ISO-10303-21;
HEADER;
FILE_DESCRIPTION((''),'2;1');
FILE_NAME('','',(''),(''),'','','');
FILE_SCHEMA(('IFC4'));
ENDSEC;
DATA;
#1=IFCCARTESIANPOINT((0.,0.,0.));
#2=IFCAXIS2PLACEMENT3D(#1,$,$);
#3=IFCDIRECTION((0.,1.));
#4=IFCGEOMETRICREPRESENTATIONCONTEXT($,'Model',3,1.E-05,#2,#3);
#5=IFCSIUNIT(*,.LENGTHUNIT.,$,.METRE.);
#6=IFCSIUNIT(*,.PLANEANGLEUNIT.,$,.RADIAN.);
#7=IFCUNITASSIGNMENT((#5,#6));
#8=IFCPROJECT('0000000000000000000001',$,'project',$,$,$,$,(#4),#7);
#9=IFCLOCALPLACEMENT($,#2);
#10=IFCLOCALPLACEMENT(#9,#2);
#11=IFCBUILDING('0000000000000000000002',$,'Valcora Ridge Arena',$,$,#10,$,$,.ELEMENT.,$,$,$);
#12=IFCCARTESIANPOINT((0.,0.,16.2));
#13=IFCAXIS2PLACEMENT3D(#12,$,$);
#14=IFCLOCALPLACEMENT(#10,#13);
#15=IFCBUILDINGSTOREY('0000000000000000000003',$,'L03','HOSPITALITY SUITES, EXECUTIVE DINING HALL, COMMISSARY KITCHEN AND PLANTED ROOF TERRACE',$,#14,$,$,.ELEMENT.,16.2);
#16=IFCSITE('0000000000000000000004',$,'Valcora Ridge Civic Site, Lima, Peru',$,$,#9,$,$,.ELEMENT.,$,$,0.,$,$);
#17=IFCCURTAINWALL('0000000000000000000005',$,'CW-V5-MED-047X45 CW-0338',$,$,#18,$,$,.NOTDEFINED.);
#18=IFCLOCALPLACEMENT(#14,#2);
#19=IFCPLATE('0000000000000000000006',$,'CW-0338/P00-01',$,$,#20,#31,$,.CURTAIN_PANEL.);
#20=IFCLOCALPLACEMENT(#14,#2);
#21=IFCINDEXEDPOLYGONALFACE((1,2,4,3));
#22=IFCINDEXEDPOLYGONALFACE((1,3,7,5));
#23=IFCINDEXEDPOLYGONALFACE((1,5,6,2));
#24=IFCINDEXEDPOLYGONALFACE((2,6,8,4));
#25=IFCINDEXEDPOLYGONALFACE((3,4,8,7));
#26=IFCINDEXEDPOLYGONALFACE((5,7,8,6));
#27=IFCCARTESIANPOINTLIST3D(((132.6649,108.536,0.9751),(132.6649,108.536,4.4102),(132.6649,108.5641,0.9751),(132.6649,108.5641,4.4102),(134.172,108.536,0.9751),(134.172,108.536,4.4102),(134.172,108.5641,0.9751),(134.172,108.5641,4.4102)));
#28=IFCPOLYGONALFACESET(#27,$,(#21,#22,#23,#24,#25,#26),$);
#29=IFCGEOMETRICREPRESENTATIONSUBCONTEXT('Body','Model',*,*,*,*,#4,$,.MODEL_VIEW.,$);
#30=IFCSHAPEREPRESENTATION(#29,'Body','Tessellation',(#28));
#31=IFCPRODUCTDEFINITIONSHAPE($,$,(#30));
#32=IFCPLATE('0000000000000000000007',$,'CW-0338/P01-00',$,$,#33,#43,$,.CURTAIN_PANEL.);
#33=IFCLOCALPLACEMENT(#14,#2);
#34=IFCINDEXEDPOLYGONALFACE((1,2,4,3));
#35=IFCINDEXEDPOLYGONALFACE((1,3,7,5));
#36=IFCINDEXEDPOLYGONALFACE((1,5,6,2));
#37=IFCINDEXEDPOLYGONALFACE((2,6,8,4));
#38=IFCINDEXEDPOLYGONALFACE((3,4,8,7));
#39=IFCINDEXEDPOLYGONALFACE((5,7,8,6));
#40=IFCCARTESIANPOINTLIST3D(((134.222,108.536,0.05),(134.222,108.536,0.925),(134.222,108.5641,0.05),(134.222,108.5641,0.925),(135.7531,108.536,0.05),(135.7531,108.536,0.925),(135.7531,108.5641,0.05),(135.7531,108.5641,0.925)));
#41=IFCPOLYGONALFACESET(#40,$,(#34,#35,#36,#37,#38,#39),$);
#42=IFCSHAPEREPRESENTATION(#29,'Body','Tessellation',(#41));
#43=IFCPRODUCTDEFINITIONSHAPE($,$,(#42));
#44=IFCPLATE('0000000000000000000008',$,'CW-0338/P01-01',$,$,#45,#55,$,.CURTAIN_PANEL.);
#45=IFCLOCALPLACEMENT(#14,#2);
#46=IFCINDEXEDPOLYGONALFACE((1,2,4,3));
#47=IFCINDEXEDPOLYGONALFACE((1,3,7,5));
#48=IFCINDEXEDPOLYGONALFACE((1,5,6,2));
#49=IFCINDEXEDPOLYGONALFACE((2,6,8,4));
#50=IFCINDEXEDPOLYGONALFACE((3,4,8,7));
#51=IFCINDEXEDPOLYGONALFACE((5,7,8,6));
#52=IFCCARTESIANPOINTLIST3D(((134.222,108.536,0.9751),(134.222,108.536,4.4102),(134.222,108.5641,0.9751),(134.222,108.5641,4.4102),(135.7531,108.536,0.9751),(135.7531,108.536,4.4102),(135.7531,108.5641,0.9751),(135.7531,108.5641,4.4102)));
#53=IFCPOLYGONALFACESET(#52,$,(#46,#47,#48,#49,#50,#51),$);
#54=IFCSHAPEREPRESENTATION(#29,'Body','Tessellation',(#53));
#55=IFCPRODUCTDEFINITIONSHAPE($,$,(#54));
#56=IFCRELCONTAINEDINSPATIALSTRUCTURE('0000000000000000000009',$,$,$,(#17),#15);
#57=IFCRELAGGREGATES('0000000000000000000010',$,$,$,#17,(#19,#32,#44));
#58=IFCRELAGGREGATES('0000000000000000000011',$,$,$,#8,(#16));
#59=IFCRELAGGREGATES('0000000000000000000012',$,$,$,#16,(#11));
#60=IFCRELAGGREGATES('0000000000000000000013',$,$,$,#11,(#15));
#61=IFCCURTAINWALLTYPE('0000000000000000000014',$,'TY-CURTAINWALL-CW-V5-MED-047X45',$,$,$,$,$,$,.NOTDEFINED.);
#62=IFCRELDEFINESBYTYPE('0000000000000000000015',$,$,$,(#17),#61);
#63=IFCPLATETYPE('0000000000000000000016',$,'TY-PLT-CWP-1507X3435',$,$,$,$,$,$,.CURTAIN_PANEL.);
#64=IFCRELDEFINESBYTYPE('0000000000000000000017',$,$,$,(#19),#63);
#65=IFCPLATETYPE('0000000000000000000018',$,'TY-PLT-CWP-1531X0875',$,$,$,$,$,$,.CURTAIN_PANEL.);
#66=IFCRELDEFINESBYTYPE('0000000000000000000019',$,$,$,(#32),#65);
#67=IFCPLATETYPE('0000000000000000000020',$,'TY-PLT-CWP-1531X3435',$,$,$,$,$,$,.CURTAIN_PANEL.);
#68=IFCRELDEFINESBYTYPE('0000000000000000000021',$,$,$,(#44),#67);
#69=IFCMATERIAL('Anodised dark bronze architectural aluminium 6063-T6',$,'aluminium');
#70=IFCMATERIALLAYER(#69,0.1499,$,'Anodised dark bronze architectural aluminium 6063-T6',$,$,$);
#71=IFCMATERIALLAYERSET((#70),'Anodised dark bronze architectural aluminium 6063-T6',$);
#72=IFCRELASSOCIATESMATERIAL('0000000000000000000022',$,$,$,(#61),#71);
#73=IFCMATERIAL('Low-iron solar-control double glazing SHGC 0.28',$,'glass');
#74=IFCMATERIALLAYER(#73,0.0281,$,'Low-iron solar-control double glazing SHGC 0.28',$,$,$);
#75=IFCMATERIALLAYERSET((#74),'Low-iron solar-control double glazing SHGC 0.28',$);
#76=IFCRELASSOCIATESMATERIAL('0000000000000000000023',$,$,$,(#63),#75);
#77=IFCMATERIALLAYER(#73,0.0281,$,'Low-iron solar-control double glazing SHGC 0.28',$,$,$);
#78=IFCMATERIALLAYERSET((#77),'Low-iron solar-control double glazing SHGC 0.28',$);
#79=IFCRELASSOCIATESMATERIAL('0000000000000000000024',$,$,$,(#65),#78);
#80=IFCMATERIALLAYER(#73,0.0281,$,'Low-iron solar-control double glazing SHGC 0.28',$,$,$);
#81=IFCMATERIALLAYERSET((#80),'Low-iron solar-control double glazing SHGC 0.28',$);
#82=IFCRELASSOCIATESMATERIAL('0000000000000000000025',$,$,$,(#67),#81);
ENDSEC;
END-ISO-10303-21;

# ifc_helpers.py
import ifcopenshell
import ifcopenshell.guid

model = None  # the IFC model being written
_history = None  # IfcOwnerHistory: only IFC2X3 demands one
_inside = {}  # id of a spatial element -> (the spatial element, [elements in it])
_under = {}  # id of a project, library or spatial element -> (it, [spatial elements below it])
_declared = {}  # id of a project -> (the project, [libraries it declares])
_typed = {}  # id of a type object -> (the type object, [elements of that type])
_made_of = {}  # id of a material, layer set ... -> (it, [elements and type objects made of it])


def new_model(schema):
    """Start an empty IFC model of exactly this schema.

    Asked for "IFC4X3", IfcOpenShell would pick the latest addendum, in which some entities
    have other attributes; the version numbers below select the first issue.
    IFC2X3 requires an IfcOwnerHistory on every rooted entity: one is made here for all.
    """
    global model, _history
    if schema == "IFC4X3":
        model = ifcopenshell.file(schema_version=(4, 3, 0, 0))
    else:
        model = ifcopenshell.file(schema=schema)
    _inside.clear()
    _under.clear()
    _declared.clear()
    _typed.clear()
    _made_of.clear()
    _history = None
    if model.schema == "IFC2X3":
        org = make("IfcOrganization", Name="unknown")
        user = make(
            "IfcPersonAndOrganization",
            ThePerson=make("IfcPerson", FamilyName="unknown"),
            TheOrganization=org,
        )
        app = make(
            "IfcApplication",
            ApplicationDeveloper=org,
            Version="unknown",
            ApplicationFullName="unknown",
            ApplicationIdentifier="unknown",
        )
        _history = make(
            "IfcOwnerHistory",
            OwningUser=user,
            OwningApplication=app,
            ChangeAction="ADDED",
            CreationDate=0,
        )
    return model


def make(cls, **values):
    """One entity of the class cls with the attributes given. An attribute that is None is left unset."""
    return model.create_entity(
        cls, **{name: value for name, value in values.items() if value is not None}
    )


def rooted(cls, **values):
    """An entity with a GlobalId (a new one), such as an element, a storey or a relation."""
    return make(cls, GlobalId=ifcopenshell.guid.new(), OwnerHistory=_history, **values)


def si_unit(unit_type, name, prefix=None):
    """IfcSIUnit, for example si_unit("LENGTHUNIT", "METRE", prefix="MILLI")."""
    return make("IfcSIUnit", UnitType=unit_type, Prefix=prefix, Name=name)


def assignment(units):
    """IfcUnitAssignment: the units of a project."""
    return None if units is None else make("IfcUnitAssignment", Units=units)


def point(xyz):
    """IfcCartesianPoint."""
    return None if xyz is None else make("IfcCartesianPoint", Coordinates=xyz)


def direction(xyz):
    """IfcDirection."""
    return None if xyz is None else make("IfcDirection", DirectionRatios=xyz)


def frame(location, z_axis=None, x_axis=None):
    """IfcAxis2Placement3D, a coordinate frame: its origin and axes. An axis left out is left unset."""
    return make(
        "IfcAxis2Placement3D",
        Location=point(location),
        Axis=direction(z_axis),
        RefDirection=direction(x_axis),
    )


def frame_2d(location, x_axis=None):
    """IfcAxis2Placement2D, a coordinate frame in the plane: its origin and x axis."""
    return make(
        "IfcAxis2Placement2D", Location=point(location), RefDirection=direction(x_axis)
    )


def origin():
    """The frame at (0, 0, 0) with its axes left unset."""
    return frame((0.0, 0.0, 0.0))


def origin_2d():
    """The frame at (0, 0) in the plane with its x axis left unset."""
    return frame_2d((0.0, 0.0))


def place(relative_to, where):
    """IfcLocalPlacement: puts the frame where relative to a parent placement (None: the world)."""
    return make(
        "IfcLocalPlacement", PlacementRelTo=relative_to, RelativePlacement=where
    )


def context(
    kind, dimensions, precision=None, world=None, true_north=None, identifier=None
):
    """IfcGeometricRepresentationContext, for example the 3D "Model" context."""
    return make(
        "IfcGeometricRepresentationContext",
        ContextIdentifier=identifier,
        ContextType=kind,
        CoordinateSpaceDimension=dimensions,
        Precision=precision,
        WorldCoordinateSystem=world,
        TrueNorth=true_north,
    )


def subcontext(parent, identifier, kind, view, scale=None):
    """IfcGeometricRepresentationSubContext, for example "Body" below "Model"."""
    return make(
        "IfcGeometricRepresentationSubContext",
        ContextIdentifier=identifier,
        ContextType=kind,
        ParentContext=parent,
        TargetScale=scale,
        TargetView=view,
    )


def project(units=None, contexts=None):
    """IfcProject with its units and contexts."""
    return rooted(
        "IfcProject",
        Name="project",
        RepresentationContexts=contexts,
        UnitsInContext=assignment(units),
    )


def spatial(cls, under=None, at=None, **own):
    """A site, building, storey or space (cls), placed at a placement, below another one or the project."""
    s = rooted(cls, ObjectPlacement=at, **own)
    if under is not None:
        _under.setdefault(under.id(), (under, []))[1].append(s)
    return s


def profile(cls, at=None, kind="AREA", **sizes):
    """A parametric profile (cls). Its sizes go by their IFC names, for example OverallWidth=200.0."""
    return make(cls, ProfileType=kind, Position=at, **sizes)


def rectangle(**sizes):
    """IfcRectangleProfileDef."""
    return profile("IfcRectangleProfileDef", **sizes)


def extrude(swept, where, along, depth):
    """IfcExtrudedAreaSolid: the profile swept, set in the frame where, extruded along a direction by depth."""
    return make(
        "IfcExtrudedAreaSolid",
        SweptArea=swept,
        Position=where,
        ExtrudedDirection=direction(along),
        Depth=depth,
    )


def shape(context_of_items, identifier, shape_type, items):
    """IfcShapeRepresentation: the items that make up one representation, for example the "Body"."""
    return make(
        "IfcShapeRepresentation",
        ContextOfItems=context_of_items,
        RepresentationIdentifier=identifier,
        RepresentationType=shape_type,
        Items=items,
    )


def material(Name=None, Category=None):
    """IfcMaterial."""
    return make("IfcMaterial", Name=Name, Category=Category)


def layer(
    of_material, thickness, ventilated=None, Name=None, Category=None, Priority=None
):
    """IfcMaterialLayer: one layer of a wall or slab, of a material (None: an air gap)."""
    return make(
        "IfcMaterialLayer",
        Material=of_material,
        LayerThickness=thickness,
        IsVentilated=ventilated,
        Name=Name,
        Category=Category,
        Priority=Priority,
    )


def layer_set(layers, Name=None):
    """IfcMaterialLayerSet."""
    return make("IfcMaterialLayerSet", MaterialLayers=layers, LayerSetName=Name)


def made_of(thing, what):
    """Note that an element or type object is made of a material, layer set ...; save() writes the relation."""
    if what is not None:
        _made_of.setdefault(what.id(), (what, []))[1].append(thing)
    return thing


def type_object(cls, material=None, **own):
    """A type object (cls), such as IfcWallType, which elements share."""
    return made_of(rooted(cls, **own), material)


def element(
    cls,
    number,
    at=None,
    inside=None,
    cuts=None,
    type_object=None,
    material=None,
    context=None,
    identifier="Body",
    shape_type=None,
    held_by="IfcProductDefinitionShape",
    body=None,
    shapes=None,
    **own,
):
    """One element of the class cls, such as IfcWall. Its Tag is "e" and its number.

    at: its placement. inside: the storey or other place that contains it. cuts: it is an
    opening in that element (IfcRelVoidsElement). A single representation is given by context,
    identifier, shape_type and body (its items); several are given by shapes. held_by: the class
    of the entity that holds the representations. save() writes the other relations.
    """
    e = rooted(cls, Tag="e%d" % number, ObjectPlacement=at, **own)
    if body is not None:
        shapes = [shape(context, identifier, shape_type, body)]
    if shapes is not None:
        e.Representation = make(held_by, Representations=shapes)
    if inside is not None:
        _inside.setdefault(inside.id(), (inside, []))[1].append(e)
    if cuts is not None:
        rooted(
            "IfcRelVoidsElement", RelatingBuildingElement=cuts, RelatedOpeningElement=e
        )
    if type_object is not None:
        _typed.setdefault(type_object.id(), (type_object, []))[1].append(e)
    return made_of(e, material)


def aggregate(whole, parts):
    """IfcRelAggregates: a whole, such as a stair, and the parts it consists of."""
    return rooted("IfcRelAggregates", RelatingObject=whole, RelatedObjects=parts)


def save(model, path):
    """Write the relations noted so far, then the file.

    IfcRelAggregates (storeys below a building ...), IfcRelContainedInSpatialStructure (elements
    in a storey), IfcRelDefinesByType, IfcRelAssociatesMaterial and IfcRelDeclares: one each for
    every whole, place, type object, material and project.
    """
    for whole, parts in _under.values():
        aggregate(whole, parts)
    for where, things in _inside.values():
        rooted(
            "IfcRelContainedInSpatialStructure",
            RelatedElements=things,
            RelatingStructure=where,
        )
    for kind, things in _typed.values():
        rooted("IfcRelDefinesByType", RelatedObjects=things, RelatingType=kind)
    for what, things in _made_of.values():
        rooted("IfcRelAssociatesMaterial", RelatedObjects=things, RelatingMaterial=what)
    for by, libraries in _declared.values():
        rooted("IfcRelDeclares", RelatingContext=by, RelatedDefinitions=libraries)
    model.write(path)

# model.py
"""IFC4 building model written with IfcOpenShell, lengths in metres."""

from ifc_helpers import new_model, si_unit, direction, frame, origin, origin_2d, place, context, subcontext, project, spatial, rectangle, extrude, material, layer, layer_set, type_object, element, aggregate, save


model = new_model("IFC4")

# Units and contexts
model_context = context("Model", 3, precision=1e-05, world=origin(), true_north=direction((0.0, 1.0)))
body_context = subcontext(model_context, "Body", "Model", "MODEL_VIEW")
ifc_project = project(units=[si_unit("LENGTHUNIT", "METRE"), si_unit("PLANEANGLEUNIT", "RADIAN")], contexts=[model_context])

# Site, building, storey
site_placement = place(None, origin())
site = spatial("IfcSite", under=ifc_project, at=site_placement, Name="Valcora Ridge Civic Site, Lima, Peru", CompositionType="ELEMENT", RefElevation=0.0)
building_placement = place(site_placement, origin())
building = spatial("IfcBuilding", under=site, at=building_placement, Name="Valcora Ridge Arena", CompositionType="ELEMENT")
storey_placement = place(building_placement, frame((0.0, 0.0, 16.2)))
storey = spatial("IfcBuildingStorey", under=building, at=storey_placement, Name="L03", Description="HOSPITALITY SUITES, EXECUTIVE DINING HALL, COMMISSARY KITCHEN AND PLANTED ROOF TERRACE", CompositionType="ELEMENT", Elevation=16.2)

# Shared definitions
ifc_material_1 = material(Name="Anodised dark bronze architectural aluminium 6063-T6", Category="aluminium")
ifc_layer_1 = layer(ifc_material_1, 0.1499, Name="Anodised dark bronze architectural aluminium 6063-T6")
ifc_layer_set_1 = layer_set([ifc_layer_1], Name="Anodised dark bronze architectural aluminium 6063-T6")
curtain_wall_type = type_object("IfcCurtainWallType", Name="TY-CURTAINWALL-CW-V5-MED-047X45", PredefinedType="NOTDEFINED", material=ifc_layer_set_1)

# Curtain wall, plates
curtain_wall_1_placement = place(storey_placement, origin())
curtain_wall_1 = element("IfcCurtainWall", 1, at=curtain_wall_1_placement, inside=storey, type_object=curtain_wall_type, Name="CW-V5-MED-047X45 CW-0338", PredefinedType="NOTDEFINED")
ifc_material_2 = material(Name="Low-iron solar-control double glazing SHGC 0.28", Category="glass")
ifc_layer_2 = layer(ifc_material_2, 0.0281, Name="Low-iron solar-control double glazing SHGC 0.28")
ifc_layer_set_2 = layer_set([ifc_layer_2], Name="Low-iron solar-control double glazing SHGC 0.28")
plate_type_1 = type_object("IfcPlateType", Name="TY-PLT-CWP-1507X3435", PredefinedType="CURTAIN_PANEL", material=ifc_layer_set_2)
plate_1_placement = place(storey_placement, frame((133.4185, 108.55, 0.9751), z_axis=(0.0, 0.0, 1.0), x_axis=(1.0, 0.0, 0.0)))
plate_1 = element("IfcPlate", 2, at=plate_1_placement, type_object=plate_type_1, Name="CW-0338/P00-01", PredefinedType="CURTAIN_PANEL", context=body_context, shape_type="SweptSolid", body=[
    extrude(rectangle(XDim=1.5071, YDim=0.0281, at=origin_2d()), origin(), (0.0, 0.0, 1.0), 3.4351),
])
ifc_layer_3 = layer(ifc_material_2, 0.0281, Name="Low-iron solar-control double glazing SHGC 0.28")
ifc_layer_set_3 = layer_set([ifc_layer_3], Name="Low-iron solar-control double glazing SHGC 0.28")
plate_type_2 = type_object("IfcPlateType", Name="TY-PLT-CWP-1531X0875", PredefinedType="CURTAIN_PANEL", material=ifc_layer_set_3)
plate_2_placement = place(storey_placement, frame((134.9875, 108.55, 0.05), z_axis=(0.0, 0.0, 1.0), x_axis=(1.0, 0.0, 0.0)))
plate_2 = element("IfcPlate", 3, at=plate_2_placement, type_object=plate_type_2, Name="CW-0338/P01-00", PredefinedType="CURTAIN_PANEL", context=body_context, shape_type="SweptSolid", body=[
    extrude(rectangle(XDim=1.531, YDim=0.0281, at=origin_2d()), origin(), (0.0, 0.0, 1.0), 0.875),
])
ifc_layer_4 = layer(ifc_material_2, 0.0281, Name="Low-iron solar-control double glazing SHGC 0.28")
ifc_layer_set_4 = layer_set([ifc_layer_4], Name="Low-iron solar-control double glazing SHGC 0.28")
plate_type_3 = type_object("IfcPlateType", Name="TY-PLT-CWP-1531X3435", PredefinedType="CURTAIN_PANEL", material=ifc_layer_set_4)
plate_3_placement = place(storey_placement, frame((134.9875, 108.55, 0.9751), z_axis=(0.0, 0.0, 1.0), x_axis=(1.0, 0.0, 0.0)))
plate_3 = element("IfcPlate", 4, at=plate_3_placement, type_object=plate_type_3, Name="CW-0338/P01-01", PredefinedType="CURTAIN_PANEL", context=body_context, shape_type="SweptSolid", body=[
    extrude(rectangle(XDim=1.531, YDim=0.0281, at=origin_2d()), origin(), (0.0, 0.0, 1.0), 3.4351),
])
aggregate(curtain_wall_1, [plate_1, plate_2, plate_3])

save(model, "model.ifc")
